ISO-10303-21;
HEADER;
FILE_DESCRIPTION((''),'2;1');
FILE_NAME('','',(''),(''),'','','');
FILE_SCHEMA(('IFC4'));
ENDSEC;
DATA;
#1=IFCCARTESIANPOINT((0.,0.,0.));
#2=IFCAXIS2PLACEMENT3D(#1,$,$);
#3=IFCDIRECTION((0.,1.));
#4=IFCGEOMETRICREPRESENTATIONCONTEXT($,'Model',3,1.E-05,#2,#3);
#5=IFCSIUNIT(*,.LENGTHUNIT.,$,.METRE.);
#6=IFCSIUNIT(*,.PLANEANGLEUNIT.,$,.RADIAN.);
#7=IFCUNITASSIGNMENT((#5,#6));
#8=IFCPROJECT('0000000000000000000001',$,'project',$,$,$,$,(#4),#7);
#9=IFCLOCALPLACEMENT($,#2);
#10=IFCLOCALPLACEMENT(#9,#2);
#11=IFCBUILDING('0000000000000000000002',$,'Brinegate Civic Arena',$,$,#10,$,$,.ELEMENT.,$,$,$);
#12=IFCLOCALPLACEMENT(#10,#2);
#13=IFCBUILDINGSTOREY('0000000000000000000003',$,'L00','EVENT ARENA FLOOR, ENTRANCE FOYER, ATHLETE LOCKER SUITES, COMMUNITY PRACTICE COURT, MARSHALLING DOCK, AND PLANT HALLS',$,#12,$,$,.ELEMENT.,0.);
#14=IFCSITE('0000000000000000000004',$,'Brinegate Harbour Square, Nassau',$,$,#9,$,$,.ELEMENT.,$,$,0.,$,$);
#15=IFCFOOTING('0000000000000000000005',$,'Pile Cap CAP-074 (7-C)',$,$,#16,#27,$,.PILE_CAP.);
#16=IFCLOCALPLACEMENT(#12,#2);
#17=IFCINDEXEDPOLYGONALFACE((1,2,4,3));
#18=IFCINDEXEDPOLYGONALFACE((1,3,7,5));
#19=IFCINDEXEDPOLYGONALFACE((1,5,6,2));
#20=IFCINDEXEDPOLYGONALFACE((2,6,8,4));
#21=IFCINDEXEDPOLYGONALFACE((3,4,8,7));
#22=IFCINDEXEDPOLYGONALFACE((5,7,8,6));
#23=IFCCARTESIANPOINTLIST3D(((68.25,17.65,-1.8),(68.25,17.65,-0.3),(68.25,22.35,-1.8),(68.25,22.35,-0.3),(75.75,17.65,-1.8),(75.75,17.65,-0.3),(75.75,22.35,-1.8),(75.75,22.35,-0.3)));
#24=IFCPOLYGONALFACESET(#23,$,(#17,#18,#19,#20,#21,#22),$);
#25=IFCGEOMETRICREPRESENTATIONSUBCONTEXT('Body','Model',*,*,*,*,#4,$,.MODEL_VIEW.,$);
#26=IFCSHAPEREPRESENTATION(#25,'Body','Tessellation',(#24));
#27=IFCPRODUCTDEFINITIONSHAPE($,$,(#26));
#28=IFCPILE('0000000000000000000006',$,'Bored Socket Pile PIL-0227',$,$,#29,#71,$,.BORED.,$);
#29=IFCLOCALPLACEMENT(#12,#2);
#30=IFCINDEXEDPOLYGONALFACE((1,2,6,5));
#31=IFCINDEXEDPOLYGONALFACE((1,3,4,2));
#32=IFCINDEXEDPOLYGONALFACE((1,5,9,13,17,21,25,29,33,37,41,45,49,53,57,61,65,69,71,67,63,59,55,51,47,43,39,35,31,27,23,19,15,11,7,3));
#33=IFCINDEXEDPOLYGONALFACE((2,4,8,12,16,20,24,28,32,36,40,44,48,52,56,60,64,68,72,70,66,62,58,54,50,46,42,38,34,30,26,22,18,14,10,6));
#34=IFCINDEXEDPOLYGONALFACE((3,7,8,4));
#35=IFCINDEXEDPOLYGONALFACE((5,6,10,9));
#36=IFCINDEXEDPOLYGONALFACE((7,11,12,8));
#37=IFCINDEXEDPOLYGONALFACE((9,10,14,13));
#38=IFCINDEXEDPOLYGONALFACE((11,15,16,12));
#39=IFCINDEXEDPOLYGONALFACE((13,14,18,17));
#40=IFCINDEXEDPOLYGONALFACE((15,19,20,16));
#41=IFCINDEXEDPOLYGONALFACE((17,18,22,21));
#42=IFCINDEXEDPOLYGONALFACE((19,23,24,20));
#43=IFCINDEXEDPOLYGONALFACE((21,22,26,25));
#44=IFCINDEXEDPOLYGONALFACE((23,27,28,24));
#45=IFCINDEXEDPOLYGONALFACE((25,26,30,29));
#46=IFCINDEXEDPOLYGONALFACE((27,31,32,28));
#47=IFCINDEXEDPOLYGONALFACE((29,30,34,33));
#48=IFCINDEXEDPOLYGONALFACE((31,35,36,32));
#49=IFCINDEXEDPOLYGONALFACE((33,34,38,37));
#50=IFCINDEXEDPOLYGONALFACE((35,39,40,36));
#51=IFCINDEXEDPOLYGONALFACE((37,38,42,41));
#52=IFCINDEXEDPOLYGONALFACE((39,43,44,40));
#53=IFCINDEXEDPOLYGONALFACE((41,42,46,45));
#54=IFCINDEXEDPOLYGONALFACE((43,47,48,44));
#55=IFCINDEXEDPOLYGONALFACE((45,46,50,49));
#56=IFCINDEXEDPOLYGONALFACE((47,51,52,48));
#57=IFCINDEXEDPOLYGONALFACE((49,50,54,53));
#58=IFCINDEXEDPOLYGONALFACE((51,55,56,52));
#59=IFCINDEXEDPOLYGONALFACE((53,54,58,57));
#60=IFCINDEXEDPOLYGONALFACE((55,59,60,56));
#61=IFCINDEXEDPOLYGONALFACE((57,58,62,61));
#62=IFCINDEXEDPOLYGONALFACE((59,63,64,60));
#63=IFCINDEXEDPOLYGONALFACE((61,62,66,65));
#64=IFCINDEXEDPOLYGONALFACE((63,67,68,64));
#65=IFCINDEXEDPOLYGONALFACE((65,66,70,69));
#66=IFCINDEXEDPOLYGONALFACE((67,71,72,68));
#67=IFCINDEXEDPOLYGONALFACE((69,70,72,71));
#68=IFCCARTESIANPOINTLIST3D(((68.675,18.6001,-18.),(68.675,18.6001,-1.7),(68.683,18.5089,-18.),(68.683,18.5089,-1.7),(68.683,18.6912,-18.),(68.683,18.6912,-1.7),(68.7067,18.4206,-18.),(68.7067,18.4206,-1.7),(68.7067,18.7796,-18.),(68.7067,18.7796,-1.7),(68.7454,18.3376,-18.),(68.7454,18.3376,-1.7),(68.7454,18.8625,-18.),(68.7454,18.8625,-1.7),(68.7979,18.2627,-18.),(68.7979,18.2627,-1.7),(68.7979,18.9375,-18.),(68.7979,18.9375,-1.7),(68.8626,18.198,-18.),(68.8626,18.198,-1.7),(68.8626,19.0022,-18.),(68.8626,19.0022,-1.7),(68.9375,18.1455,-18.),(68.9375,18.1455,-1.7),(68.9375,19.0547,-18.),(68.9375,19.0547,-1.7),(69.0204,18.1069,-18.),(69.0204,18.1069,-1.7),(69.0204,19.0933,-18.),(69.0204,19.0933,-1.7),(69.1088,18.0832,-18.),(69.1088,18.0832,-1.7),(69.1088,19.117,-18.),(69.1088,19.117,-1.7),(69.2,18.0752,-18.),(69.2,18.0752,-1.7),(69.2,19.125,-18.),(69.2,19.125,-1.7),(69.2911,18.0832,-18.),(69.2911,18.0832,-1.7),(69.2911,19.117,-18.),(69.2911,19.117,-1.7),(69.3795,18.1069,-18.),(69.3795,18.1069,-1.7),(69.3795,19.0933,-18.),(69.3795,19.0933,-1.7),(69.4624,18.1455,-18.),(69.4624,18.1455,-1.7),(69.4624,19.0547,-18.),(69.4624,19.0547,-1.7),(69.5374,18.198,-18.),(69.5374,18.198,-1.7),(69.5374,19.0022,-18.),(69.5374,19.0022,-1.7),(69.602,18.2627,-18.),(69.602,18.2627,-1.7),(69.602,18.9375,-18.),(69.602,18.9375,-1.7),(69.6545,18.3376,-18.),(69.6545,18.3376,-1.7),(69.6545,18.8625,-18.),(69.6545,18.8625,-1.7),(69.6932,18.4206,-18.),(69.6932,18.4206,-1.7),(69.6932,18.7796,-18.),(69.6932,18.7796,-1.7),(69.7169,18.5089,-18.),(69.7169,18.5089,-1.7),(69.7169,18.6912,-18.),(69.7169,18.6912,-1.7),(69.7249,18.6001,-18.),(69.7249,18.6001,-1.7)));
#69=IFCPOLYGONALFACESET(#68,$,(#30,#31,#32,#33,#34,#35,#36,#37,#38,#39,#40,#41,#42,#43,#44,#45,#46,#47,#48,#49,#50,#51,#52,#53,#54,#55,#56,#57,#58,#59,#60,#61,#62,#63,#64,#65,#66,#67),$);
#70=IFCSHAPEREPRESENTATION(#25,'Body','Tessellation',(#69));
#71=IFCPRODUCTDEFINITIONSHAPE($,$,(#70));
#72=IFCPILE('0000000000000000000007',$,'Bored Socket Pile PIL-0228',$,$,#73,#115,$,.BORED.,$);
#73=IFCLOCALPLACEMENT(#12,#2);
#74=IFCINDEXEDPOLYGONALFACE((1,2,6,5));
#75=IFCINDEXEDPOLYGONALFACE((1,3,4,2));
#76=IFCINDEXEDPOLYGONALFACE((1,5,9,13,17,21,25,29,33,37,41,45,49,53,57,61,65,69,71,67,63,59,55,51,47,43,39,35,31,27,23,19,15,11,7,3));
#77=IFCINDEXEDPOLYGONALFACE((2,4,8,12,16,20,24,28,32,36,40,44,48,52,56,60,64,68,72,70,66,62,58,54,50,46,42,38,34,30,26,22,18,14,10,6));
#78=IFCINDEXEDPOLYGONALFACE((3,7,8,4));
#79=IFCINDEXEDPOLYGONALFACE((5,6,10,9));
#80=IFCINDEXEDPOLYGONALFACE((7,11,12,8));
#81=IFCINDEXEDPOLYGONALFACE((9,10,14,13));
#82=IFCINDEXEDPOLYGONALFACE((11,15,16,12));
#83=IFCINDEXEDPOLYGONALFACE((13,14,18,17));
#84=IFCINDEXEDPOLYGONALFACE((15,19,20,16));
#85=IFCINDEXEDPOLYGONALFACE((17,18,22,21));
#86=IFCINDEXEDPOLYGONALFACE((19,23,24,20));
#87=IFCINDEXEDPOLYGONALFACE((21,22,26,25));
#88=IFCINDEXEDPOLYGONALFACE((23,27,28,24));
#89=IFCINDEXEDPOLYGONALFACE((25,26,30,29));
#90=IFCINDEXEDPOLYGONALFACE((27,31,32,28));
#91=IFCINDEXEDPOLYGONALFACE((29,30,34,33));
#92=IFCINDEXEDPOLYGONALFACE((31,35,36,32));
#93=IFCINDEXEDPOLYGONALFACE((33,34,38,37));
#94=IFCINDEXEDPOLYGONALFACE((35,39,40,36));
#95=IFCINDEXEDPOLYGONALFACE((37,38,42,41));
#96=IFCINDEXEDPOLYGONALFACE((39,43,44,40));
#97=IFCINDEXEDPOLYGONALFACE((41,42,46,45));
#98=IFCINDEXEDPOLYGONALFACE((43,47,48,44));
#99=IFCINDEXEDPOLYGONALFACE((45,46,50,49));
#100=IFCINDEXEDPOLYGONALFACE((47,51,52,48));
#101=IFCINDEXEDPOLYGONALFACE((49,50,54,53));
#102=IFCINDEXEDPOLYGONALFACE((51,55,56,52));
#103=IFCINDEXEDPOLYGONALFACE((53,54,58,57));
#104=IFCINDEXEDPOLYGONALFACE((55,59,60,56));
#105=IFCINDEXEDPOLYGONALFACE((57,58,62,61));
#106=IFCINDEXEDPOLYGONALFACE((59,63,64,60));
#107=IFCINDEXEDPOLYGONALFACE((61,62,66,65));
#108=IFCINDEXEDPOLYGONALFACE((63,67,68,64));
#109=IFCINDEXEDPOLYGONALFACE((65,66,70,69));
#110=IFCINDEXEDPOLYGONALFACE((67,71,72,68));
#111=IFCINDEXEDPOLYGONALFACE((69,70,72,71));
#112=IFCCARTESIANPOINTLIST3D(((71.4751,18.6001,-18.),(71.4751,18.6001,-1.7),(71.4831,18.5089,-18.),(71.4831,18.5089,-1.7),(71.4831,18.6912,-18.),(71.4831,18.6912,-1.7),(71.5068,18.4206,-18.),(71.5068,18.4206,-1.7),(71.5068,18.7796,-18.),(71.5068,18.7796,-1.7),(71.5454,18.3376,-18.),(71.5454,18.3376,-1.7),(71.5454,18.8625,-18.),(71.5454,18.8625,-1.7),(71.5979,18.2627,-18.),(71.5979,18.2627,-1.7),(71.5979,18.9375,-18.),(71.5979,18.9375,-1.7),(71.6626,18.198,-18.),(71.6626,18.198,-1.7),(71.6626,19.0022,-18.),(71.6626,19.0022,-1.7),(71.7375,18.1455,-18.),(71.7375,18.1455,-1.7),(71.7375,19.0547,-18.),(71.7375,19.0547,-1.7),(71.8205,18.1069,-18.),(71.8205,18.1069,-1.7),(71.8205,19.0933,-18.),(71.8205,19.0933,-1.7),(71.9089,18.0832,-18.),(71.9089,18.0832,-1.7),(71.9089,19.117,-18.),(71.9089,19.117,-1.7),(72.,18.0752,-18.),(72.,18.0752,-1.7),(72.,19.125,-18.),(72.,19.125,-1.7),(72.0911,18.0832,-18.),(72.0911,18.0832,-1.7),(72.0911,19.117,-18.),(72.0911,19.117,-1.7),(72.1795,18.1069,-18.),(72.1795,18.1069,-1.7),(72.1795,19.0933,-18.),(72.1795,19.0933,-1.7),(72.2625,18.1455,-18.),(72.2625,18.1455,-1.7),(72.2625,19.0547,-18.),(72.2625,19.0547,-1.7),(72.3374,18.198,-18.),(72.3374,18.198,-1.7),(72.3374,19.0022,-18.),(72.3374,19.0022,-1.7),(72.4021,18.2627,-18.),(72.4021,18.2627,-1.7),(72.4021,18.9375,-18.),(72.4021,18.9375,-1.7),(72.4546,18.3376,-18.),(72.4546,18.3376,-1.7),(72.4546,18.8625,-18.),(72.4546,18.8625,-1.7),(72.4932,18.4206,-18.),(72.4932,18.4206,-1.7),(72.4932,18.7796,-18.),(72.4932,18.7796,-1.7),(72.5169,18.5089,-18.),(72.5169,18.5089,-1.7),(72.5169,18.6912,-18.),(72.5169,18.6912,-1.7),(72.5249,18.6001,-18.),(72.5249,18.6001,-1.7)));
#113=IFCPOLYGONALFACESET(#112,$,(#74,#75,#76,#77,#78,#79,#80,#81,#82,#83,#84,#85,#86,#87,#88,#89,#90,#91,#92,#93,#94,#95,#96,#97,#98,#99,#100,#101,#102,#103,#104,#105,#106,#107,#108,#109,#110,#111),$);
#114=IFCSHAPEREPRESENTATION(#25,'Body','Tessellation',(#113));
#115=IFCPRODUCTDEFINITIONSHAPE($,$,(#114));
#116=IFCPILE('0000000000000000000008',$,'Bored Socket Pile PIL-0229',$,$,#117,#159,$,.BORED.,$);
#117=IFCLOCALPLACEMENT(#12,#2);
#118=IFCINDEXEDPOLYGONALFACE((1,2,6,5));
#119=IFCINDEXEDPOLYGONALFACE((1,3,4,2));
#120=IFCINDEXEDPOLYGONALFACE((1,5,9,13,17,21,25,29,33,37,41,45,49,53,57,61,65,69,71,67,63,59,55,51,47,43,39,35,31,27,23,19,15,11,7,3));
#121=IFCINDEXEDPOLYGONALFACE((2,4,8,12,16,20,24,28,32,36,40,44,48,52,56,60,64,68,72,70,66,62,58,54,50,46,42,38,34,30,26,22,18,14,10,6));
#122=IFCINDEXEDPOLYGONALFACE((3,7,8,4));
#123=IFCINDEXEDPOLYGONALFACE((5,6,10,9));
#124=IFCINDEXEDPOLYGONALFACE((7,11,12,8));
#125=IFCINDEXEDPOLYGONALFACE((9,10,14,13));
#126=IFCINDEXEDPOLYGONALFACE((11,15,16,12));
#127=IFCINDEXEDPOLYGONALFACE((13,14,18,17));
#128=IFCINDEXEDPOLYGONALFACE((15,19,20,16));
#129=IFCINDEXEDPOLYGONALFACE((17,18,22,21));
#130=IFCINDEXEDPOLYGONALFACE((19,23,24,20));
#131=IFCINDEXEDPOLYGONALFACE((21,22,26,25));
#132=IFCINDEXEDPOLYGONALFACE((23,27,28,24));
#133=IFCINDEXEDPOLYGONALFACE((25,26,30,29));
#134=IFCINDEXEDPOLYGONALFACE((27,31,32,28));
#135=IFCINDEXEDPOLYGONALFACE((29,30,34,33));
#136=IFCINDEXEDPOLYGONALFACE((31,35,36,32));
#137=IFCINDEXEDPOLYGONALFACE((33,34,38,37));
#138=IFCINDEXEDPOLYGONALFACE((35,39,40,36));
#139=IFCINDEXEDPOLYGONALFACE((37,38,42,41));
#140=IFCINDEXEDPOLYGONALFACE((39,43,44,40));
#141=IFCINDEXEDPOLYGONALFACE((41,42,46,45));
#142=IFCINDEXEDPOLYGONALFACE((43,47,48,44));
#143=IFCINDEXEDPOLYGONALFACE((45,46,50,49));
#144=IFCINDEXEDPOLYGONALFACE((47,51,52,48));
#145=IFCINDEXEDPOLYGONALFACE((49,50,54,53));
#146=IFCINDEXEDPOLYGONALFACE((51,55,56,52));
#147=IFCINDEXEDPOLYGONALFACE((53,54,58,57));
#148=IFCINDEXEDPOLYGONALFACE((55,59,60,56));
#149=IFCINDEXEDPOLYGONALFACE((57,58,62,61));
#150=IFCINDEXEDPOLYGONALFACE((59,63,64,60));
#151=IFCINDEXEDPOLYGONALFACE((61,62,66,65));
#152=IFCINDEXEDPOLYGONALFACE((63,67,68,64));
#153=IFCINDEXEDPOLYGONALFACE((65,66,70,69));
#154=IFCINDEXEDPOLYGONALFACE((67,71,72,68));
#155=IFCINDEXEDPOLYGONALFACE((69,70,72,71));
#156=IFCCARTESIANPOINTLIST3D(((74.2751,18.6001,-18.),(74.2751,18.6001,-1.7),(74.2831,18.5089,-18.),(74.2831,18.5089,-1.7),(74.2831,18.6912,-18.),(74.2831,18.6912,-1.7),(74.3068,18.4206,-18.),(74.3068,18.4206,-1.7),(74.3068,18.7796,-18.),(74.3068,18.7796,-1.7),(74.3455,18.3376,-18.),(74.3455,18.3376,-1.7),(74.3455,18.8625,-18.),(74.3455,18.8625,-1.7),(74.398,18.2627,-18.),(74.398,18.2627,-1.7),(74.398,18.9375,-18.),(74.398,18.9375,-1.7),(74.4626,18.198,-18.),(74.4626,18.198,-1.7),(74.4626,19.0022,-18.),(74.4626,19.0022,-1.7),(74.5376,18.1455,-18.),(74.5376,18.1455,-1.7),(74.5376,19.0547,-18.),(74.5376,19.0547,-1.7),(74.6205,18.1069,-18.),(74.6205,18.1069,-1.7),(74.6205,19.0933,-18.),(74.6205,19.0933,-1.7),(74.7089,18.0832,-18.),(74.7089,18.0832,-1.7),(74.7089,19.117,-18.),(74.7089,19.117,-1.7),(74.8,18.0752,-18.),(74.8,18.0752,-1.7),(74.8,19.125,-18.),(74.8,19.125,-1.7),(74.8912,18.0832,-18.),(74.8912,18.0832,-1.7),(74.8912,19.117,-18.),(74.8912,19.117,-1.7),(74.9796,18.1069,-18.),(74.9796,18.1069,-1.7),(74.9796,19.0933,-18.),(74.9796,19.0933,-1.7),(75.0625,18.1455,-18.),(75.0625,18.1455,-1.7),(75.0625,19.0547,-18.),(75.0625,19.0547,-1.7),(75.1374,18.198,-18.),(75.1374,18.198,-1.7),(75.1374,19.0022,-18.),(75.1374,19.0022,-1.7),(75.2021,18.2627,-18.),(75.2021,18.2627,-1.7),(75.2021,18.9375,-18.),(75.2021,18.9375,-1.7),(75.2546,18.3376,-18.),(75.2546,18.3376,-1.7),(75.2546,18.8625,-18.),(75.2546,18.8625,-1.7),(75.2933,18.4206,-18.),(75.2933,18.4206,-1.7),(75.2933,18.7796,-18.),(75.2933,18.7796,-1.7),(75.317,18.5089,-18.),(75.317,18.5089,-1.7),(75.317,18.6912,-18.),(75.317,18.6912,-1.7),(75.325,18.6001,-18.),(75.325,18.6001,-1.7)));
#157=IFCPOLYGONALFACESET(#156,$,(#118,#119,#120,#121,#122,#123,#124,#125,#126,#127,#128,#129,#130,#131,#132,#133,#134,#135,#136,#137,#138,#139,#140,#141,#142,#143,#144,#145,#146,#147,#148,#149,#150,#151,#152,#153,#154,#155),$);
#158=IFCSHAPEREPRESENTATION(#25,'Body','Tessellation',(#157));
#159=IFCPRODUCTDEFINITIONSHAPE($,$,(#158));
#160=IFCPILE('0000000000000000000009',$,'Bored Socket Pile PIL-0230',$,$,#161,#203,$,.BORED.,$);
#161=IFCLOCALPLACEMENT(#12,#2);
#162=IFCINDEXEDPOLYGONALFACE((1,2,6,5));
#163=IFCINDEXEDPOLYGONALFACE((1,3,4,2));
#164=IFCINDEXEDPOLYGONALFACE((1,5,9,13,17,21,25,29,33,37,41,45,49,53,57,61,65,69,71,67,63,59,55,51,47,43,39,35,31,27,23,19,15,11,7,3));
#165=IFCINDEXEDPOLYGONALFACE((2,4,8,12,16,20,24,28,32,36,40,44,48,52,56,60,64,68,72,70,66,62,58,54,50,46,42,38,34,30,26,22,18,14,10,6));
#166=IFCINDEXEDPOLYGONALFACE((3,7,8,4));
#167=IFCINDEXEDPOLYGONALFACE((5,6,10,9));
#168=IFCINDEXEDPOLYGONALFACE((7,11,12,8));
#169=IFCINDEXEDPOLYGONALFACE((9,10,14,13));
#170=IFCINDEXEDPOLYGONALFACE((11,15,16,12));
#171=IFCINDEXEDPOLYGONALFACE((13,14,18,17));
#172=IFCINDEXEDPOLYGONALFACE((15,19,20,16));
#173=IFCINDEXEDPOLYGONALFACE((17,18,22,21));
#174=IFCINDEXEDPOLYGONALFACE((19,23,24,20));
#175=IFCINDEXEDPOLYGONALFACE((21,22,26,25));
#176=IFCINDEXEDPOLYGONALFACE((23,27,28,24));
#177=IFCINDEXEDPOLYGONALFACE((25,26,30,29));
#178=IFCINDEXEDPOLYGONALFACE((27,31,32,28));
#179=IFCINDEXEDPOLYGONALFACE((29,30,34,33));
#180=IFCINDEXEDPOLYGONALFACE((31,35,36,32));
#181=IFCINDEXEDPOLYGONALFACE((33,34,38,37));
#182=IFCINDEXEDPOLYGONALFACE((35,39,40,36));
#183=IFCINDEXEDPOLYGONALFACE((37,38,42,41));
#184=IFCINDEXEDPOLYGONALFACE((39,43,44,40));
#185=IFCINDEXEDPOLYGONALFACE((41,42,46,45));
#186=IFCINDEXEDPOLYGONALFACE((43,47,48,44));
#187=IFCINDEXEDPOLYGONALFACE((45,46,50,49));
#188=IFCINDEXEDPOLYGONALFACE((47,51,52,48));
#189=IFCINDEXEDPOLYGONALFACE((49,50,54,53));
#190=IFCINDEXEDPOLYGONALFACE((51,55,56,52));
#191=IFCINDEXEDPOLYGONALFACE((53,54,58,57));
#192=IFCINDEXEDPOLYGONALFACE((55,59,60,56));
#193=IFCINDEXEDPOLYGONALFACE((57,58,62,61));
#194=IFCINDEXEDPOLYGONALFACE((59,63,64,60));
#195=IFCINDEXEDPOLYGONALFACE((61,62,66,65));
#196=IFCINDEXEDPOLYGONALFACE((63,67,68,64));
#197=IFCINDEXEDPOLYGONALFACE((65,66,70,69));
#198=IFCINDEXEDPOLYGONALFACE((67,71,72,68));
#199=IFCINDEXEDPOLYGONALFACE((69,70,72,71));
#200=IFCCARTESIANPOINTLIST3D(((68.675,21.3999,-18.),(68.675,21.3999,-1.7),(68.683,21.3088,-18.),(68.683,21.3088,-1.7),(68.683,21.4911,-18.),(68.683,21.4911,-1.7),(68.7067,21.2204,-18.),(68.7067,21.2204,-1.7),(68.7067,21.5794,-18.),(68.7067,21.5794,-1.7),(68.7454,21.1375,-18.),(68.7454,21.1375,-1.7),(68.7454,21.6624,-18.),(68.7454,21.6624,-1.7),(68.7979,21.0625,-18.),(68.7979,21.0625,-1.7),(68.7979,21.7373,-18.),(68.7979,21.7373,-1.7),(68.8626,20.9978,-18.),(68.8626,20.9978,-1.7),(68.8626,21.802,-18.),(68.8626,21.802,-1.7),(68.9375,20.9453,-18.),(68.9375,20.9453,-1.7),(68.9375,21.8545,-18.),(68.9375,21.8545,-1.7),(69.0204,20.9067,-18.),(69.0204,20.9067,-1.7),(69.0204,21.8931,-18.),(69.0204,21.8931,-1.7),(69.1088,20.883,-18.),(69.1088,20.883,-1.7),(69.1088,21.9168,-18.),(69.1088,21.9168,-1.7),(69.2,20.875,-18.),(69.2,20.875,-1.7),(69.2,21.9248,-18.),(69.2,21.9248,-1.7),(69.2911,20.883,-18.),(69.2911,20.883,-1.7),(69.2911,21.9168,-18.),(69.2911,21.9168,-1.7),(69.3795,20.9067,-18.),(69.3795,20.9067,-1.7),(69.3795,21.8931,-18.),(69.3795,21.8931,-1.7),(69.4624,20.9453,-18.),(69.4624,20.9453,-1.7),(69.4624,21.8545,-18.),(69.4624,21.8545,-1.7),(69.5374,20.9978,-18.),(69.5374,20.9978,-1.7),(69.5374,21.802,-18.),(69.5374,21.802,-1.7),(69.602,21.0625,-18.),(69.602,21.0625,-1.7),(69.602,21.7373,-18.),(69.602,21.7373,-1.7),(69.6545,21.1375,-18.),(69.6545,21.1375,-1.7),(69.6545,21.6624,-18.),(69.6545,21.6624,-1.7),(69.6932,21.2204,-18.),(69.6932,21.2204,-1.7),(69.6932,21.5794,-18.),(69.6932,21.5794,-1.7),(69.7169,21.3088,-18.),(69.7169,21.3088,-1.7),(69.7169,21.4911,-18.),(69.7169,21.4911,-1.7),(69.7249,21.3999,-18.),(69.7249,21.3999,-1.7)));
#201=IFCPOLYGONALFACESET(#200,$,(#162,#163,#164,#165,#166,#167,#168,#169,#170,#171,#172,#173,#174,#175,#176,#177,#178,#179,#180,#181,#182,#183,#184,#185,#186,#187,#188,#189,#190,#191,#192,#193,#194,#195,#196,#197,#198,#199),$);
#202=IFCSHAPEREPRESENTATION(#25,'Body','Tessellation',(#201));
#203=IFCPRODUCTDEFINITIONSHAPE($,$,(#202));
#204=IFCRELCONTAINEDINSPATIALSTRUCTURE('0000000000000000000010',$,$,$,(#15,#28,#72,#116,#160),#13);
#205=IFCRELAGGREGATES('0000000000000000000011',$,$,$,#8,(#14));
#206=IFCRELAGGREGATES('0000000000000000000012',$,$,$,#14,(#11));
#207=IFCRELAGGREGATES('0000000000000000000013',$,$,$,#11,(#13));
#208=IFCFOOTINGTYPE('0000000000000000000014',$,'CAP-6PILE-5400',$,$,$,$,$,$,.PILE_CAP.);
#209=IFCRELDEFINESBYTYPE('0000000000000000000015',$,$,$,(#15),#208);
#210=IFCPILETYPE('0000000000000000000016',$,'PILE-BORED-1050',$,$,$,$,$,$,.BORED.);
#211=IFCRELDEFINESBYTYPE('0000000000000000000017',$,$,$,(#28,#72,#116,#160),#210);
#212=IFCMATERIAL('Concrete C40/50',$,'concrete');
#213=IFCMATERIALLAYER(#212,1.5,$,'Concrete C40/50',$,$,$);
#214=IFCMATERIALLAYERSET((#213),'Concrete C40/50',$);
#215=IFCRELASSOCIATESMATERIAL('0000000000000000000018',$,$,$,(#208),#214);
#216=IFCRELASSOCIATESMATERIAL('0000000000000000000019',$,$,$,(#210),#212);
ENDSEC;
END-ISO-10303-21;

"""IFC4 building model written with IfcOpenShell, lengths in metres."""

from ifc_helpers import new_model, si_unit, direction, frame, origin, origin_2d, place, context, subcontext, project, spatial, rectangle, circle, extrude, material, layer, layer_set, material_profile, profile_set, type_object, element, save


model = new_model("IFC4")

# Units and contexts
model_context = context("Model", 3, precision=1e-05, world=origin(), true_north=direction((0.0, 1.0)))
body_context = subcontext(model_context, "Body", "Model", "MODEL_VIEW")
ifc_project = project(units=[si_unit("LENGTHUNIT", "METRE"), si_unit("PLANEANGLEUNIT", "RADIAN")], contexts=[model_context])

# Site, building, storey
site_placement = place(None, origin())
site = spatial("IfcSite", under=ifc_project, at=site_placement, Name="Brinegate Harbour Square, Nassau", CompositionType="ELEMENT", RefElevation=0.0)
building_placement = place(site_placement, origin())
building = spatial("IfcBuilding", under=site, at=building_placement, Name="Brinegate Civic Arena", CompositionType="ELEMENT")
storey_placement = place(building_placement, origin())
storey = spatial("IfcBuildingStorey", under=building, at=storey_placement, Name="L00", Description="EVENT ARENA FLOOR, ENTRANCE FOYER, ATHLETE LOCKER SUITES, COMMUNITY PRACTICE COURT, MARSHALLING DOCK, AND PLANT HALLS", CompositionType="ELEMENT", Elevation=0.0)

# Footing
ifc_material_1 = material(Name="Concrete C40/50", Category="concrete")
ifc_layer_1 = layer(ifc_material_1, 1.5, Name="Concrete C40/50")
ifc_layer_set_1 = layer_set([ifc_layer_1], Name="Concrete C40/50")
footing_type_1 = type_object("IfcFootingType", Name="CAP-6PILE-5400", PredefinedType="PILE_CAP", material=ifc_layer_set_1)
footing_1_placement = place(storey_placement, frame((72.0, 20.0, -1.8), z_axis=(0.0, 0.0, 1.0), x_axis=(1.0, 0.0, 0.0)))
element("IfcFooting", 1, at=footing_1_placement, inside=storey, type_object=footing_type_1, Name="Pile Cap CAP-074 (7-C)", PredefinedType="PILE_CAP", context=body_context, shape_type="SweptSolid", body=[
    extrude(rectangle(XDim=7.5, YDim=4.7, at=origin_2d()), origin(), (0.0, 0.0, 1.0), 1.5),
])

# Piles
ifc_material_profile_1 = material_profile(ifc_material_1, circle(Radius=0.5249, at=origin_2d()), Name="PILED1050")
ifc_profile_set_1 = profile_set([ifc_material_profile_1], Name="Concrete C40/50")
pile_type = type_object("IfcPileType", Name="PILE-BORED-1050", PredefinedType="BORED", material=ifc_profile_set_1)
for number, where, z_axis, x_axis, name in (
    (2, (69.2, 18.6001, -1.7), (0.0, 0.0, -1.0), (1.0, 0.0, 0.0), "Bored Socket Pile PIL-0227"),
    (3, (72.0, 18.6001, -1.7), (0.0, 0.0, -1.0), (1.0, 0.0, 0.0), "Bored Socket Pile PIL-0228"),
    (4, (74.8, 18.6001, -1.7), (0.0, 0.0, -1.0), (1.0, 0.0, 0.0), "Bored Socket Pile PIL-0229"),
    (5, (69.2, 21.3999, -1.7), (0.0, 0.0, -1.0), (1.0, 0.0, 0.0), "Bored Socket Pile PIL-0230"),
):
    element("IfcPile", number, at=place(storey_placement, frame(where, z_axis=z_axis, x_axis=x_axis)), inside=storey, type_object=pile_type, Name=name, PredefinedType="BORED", context=body_context, shape_type="SweptSolid", body=[
        extrude(circle(Radius=0.5249, at=origin_2d()), origin(), (0.0, 0.0, 1.0), 16.3),
    ])

save(model, "model.ifc")
